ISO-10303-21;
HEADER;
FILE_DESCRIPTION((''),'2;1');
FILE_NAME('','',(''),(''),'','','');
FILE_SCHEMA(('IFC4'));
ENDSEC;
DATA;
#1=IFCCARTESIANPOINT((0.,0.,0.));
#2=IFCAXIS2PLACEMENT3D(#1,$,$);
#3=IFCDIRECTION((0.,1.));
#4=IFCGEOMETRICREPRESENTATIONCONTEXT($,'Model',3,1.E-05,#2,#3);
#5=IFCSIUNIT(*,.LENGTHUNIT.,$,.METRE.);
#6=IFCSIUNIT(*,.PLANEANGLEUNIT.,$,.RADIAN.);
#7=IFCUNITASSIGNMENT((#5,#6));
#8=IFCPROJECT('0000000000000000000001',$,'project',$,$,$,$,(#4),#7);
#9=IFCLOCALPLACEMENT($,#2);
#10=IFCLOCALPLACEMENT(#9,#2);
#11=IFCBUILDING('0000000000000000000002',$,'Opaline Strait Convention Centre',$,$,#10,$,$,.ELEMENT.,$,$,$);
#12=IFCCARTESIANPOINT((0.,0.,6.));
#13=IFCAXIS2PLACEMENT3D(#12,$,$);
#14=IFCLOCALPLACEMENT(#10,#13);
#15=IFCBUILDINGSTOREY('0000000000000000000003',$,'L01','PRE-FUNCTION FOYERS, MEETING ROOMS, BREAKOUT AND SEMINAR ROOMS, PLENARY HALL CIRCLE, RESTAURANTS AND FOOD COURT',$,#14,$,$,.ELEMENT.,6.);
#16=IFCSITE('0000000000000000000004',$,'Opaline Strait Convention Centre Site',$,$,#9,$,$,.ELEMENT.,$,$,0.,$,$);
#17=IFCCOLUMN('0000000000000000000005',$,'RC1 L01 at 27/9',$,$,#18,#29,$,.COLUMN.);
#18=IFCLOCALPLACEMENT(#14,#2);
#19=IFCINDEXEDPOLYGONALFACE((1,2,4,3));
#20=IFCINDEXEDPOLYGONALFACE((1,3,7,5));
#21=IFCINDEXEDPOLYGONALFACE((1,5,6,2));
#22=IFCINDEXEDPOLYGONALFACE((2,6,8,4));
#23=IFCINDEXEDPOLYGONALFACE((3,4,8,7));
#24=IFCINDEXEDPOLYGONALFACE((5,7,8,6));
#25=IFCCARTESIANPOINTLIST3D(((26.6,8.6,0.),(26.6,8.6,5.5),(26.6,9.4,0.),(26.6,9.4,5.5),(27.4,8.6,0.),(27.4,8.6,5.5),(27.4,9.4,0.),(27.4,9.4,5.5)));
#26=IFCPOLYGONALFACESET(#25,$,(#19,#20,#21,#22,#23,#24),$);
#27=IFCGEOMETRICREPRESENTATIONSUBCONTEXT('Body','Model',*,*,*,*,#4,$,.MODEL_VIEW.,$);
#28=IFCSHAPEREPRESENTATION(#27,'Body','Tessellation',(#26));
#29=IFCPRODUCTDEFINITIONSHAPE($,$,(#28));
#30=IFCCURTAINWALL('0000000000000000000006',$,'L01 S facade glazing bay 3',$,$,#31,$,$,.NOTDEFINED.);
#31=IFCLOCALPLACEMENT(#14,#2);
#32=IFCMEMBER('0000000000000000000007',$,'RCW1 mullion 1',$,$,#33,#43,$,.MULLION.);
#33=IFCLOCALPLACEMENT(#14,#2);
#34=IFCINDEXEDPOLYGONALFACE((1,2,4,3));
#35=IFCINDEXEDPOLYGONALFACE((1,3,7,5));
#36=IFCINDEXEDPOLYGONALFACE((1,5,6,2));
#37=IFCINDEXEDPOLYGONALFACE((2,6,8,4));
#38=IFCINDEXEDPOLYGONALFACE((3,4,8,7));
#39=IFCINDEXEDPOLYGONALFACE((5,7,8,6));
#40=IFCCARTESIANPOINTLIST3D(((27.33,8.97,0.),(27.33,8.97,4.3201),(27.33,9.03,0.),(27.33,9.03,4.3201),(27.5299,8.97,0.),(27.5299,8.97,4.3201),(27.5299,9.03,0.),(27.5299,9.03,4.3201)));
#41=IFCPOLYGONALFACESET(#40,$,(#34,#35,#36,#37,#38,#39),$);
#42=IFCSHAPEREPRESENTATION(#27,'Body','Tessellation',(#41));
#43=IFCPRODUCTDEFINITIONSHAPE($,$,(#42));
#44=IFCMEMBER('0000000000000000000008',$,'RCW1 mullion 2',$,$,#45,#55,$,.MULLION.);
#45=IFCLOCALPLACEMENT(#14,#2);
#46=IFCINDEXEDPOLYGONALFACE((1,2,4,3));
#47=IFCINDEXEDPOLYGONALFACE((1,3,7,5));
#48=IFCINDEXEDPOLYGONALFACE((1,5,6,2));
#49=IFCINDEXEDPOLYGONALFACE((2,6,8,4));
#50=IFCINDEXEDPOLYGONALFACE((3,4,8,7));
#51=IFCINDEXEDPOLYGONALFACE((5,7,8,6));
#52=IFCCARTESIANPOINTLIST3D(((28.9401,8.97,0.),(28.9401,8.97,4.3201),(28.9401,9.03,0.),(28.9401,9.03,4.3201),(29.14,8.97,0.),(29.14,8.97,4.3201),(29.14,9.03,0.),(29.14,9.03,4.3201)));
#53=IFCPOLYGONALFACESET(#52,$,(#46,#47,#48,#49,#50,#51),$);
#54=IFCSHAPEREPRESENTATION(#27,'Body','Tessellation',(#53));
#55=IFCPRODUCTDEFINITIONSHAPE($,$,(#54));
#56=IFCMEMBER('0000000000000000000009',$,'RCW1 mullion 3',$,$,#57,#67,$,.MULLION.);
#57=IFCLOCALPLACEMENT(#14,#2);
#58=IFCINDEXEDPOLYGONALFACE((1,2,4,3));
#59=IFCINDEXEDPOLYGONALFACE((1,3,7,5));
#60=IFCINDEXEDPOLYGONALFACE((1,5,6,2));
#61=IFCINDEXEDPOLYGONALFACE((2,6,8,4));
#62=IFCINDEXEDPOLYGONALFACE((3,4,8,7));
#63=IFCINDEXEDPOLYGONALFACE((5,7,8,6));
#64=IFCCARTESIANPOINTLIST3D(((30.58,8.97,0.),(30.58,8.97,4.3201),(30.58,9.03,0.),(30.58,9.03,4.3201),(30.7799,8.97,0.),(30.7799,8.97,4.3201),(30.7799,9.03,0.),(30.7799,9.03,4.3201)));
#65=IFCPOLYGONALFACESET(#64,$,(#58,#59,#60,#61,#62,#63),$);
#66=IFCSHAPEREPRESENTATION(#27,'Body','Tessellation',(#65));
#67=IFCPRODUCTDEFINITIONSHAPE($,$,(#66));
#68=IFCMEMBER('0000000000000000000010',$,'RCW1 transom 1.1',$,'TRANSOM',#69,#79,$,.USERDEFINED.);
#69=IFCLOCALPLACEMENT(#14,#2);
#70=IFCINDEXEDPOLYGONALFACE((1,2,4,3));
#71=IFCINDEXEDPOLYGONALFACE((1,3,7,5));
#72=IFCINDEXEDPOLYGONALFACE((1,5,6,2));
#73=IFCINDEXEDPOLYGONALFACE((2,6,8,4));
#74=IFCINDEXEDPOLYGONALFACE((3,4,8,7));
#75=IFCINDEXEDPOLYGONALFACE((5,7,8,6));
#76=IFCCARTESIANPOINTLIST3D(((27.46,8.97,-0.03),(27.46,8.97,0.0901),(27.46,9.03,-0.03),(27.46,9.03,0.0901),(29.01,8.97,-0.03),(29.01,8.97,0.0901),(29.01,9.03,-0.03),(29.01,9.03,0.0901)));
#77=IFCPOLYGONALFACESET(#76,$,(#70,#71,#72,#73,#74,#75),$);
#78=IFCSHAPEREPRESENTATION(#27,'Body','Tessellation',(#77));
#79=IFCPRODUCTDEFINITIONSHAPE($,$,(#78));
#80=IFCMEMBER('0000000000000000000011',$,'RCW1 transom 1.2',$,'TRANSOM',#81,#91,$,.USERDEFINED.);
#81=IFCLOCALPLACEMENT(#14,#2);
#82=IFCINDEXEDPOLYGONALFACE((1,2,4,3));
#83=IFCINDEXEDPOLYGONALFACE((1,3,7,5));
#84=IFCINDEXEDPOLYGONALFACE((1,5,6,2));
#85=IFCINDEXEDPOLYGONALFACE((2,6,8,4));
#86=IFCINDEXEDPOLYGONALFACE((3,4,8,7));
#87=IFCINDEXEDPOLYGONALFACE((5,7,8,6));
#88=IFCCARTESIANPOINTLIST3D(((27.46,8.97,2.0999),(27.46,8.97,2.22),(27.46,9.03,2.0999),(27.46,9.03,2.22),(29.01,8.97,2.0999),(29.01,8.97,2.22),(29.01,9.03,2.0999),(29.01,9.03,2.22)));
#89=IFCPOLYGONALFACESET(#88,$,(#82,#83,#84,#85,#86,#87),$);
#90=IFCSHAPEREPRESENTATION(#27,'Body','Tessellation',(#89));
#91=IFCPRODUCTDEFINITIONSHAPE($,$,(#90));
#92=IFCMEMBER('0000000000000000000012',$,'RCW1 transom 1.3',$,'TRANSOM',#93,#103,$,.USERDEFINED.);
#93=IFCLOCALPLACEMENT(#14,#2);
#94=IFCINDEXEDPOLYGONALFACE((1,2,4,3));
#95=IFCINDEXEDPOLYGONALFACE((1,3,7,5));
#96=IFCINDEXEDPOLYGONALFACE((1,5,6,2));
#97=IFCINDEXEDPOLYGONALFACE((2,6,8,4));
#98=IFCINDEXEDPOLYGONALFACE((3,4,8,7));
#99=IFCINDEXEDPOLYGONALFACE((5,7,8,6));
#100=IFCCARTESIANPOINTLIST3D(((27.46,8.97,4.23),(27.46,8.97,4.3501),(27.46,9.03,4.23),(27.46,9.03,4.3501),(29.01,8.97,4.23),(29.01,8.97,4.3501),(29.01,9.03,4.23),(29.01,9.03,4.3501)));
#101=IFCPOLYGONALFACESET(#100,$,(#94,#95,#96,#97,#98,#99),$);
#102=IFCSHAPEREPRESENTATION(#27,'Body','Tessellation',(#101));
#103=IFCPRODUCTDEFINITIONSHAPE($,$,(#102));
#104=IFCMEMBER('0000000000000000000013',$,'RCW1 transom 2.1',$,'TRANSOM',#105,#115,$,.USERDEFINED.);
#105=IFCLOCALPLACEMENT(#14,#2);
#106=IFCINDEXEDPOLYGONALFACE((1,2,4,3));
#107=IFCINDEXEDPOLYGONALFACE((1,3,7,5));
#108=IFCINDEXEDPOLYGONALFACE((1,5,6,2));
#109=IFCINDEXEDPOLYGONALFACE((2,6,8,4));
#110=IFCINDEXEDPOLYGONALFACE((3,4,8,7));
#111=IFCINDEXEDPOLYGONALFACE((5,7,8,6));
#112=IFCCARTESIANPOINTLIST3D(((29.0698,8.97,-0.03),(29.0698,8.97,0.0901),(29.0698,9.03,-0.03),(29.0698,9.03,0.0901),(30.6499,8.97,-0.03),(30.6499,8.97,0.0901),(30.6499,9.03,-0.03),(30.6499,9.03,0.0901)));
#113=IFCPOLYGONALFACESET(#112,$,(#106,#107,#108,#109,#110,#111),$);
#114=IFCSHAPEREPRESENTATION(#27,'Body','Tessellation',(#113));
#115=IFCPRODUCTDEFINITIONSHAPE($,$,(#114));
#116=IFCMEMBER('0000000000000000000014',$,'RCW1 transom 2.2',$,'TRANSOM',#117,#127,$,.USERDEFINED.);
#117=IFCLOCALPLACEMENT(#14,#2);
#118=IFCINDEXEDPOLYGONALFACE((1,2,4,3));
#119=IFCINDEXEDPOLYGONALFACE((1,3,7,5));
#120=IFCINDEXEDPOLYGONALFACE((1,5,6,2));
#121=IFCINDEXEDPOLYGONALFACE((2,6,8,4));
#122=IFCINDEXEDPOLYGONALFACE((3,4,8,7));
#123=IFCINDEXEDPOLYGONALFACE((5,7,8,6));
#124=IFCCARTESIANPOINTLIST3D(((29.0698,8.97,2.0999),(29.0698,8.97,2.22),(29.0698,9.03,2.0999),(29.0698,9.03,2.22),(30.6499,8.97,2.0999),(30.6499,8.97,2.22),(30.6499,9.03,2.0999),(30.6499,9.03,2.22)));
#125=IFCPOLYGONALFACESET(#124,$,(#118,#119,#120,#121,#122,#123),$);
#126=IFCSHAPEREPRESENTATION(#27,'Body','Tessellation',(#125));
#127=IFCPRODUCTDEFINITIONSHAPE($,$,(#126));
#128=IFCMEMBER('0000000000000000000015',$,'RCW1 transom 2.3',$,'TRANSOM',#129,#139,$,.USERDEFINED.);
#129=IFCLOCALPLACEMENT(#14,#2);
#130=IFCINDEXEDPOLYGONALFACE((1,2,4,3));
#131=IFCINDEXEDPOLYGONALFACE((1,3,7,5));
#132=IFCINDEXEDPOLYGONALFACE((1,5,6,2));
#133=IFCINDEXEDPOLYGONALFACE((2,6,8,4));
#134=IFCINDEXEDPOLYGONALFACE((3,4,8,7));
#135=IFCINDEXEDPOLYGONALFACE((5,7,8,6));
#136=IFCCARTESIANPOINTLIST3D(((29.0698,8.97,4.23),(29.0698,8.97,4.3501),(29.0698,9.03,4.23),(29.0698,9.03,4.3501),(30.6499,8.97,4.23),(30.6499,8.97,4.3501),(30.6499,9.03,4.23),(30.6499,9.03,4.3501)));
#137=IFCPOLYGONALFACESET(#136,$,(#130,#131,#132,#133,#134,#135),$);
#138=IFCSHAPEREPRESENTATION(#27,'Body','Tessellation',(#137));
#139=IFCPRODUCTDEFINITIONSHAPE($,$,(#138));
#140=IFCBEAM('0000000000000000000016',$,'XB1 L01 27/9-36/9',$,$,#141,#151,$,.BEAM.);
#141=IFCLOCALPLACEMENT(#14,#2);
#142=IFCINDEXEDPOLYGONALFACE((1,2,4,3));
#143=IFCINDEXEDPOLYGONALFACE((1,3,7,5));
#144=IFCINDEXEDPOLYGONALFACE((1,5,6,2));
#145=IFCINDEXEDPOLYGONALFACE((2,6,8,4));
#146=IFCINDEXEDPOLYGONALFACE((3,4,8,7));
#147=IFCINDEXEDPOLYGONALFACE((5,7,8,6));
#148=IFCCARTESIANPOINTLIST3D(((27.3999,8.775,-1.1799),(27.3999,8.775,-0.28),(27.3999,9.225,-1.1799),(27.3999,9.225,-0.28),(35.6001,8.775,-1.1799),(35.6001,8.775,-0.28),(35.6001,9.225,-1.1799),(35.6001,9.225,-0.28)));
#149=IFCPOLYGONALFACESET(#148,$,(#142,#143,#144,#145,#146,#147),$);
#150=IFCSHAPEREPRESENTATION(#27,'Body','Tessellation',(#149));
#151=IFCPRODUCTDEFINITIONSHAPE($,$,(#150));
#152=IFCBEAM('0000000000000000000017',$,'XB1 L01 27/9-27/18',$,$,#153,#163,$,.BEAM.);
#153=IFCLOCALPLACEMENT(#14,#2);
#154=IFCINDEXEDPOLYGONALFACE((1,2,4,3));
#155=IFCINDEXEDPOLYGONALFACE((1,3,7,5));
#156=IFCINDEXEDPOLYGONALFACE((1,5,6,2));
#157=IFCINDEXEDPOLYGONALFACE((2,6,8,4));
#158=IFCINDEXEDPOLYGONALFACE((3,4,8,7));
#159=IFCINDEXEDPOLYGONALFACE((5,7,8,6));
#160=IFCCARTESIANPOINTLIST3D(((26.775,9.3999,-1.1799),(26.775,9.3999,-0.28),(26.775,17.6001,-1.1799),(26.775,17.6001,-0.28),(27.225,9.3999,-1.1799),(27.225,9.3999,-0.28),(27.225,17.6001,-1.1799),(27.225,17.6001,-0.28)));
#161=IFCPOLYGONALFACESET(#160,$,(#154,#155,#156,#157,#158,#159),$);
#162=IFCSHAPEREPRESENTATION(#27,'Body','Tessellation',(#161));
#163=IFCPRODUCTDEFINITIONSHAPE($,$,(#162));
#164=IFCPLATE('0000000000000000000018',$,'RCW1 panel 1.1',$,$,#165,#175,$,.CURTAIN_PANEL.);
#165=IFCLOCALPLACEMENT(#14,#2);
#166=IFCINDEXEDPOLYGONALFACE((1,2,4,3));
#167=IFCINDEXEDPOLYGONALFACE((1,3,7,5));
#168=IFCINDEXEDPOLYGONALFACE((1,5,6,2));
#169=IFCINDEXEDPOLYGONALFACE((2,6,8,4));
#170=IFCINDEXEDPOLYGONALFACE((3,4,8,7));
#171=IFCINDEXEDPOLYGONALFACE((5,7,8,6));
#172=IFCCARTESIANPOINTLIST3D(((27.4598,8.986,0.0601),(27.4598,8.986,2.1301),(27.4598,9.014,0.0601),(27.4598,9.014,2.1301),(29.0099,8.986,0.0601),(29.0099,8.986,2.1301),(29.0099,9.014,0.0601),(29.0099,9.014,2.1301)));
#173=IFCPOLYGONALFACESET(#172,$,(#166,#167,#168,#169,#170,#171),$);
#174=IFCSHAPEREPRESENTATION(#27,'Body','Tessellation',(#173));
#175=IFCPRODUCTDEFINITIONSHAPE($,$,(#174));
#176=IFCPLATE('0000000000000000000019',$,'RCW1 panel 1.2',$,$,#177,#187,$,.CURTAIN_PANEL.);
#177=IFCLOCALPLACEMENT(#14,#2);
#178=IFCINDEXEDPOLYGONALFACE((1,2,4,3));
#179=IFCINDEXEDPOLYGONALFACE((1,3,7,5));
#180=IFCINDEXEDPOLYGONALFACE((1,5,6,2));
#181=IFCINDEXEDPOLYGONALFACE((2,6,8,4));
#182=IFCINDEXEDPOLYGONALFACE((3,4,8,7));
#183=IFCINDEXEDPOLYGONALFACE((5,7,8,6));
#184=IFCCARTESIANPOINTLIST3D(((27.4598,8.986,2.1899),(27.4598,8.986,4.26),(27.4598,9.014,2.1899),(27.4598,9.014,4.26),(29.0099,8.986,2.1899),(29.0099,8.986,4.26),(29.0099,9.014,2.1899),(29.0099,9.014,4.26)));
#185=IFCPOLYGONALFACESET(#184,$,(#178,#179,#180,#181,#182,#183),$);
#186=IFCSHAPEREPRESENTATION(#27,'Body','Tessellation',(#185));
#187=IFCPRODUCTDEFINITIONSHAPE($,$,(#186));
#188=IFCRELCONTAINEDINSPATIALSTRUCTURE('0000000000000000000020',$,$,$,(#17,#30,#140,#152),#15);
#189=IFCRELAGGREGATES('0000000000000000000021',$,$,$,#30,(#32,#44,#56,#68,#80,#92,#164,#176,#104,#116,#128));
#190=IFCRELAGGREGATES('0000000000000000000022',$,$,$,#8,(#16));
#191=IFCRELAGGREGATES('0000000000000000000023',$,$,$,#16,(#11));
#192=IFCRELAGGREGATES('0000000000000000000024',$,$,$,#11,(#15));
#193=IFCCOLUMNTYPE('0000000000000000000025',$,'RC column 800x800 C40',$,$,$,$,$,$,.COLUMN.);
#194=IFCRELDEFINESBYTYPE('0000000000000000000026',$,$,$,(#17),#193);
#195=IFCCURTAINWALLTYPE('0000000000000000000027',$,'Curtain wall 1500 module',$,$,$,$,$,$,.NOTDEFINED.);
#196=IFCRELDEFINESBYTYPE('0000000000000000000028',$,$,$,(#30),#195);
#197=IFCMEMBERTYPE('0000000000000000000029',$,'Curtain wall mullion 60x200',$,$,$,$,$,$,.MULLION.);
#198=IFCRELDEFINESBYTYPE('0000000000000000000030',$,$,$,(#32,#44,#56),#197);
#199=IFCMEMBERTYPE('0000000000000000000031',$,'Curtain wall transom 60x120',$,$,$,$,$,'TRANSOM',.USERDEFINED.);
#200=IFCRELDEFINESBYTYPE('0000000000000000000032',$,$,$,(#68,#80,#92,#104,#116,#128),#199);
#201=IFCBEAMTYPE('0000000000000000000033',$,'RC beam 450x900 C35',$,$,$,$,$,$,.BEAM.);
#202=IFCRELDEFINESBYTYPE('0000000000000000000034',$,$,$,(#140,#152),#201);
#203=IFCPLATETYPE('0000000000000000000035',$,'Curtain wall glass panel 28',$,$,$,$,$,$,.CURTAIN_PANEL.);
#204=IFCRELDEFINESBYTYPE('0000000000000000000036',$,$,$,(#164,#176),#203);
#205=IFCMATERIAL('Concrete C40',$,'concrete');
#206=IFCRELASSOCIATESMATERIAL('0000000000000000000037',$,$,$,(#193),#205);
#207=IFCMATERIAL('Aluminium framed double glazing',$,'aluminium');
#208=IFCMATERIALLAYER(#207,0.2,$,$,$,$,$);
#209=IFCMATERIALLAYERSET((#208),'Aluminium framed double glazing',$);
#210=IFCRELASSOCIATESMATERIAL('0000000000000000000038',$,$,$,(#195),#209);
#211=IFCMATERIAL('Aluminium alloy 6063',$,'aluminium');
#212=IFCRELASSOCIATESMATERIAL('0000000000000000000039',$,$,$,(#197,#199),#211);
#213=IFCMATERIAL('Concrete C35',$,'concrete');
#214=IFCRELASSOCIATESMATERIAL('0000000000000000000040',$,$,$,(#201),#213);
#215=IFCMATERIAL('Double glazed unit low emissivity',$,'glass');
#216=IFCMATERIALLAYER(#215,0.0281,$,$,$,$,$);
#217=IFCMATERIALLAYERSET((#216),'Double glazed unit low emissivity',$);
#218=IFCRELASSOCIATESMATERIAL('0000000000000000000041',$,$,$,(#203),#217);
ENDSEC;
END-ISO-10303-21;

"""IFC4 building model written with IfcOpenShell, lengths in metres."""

from ifc_helpers import new_model, si_unit, direction, frame, origin, origin_2d, place, context, subcontext, project, spatial, rectangle, extrude, material, layer, layer_set, material_profile, profile_set, type_object, element, aggregate, save


model = new_model("IFC4")

# Units and contexts
model_context = context("Model", 3, precision=1e-05, world=origin(), true_north=direction((0.0, 1.0)))
body_context = subcontext(model_context, "Body", "Model", "MODEL_VIEW")
ifc_project = project(units=[si_unit("LENGTHUNIT", "METRE"), si_unit("PLANEANGLEUNIT", "RADIAN")], contexts=[model_context])

# Site, building, storey
site_placement = place(None, origin())
site = spatial("IfcSite", under=ifc_project, at=site_placement, Name="Opaline Strait Convention Centre Site", CompositionType="ELEMENT", RefElevation=0.0)
building_placement = place(site_placement, origin())
building = spatial("IfcBuilding", under=site, at=building_placement, Name="Opaline Strait Convention Centre", CompositionType="ELEMENT")
storey_placement = place(building_placement, frame((0.0, 0.0, 6.0)))
storey = spatial("IfcBuildingStorey", under=building, at=storey_placement, Name="L01", Description="PRE-FUNCTION FOYERS, MEETING ROOMS, BREAKOUT AND SEMINAR ROOMS, PLENARY HALL CIRCLE, RESTAURANTS AND FOOD COURT", CompositionType="ELEMENT", Elevation=6.0)

# Column
ifc_material_1 = material(Name="Concrete C40", Category="concrete")
ifc_material_profile_1 = material_profile(ifc_material_1, rectangle(XDim=0.8, YDim=0.8, at=origin_2d()), Name="RC 800x800")
ifc_profile_set_1 = profile_set([ifc_material_profile_1], Name="Concrete C40")
column_type = type_object("IfcColumnType", Name="RC column 800x800 C40", PredefinedType="COLUMN", material=ifc_profile_set_1)
column_placement = place(storey_placement, frame((27.0, 9.0, 0.0), z_axis=(0.0, 0.0, 1.0), x_axis=(1.0, 0.0, 0.0)))
element("IfcColumn", 1, at=column_placement, inside=storey, type_object=column_type, Name="RC1 L01 at 27/9", PredefinedType="COLUMN", context=body_context, shape_type="SweptSolid", body=[
    extrude(rectangle(XDim=0.8, YDim=0.8, at=origin_2d()), origin(), (0.0, 0.0, 1.0), 5.5),
])

# Curtain wall, members
ifc_material_2 = material(Name="Aluminium framed double glazing", Category="aluminium")
ifc_layer_1 = layer(ifc_material_2, 0.2)
ifc_layer_set_1 = layer_set([ifc_layer_1], Name="Aluminium framed double glazing")
curtain_wall_type = type_object("IfcCurtainWallType", Name="Curtain wall 1500 module", PredefinedType="NOTDEFINED", material=ifc_layer_set_1)
curtain_wall_placement = place(storey_placement, origin())
curtain_wall = element("IfcCurtainWall", 2, at=curtain_wall_placement, inside=storey, type_object=curtain_wall_type, Name="L01 S facade glazing bay 3", PredefinedType="NOTDEFINED")
ifc_material_3 = material(Name="Aluminium alloy 6063", Category="aluminium")
ifc_material_profile_2 = material_profile(ifc_material_3, rectangle(XDim=0.0601, YDim=0.2, at=origin_2d()), Name="Curtain wall mullion 60x200")
ifc_profile_set_2 = profile_set([ifc_material_profile_2], Name="Aluminium alloy 6063")
member_type_1 = type_object("IfcMemberType", Name="Curtain wall mullion 60x200", PredefinedType="MULLION", material=ifc_profile_set_2)
member_1_placement = place(storey_placement, frame((27.4299, 9.0, 0.0), z_axis=(0.0, 0.0, 1.0), x_axis=(0.0, 1.0, 0.0)))
member_1 = element("IfcMember", 3, at=member_1_placement, type_object=member_type_1, Name="RCW1 mullion 1", PredefinedType="MULLION", context=body_context, shape_type="SweptSolid", body=[
    extrude(rectangle(XDim=0.0601, YDim=0.2, at=origin_2d()), origin(), (0.0, 0.0, 1.0), 4.3201),
])
member_2_placement = place(storey_placement, frame((29.04, 9.0, 0.0), z_axis=(0.0, 0.0, 1.0), x_axis=(0.0, 1.0, 0.0)))
member_2 = element("IfcMember", 4, at=member_2_placement, type_object=member_type_1, Name="RCW1 mullion 2", PredefinedType="MULLION", context=body_context, shape_type="SweptSolid", body=[
    extrude(rectangle(XDim=0.0601, YDim=0.2, at=origin_2d()), origin(), (0.0, 0.0, 1.0), 4.3201),
])
member_3_placement = place(storey_placement, frame((30.6799, 9.0, 0.0), z_axis=(0.0, 0.0, 1.0), x_axis=(0.0, 1.0, 0.0)))
member_3 = element("IfcMember", 5, at=member_3_placement, type_object=member_type_1, Name="RCW1 mullion 3", PredefinedType="MULLION", context=body_context, shape_type="SweptSolid", body=[
    extrude(rectangle(XDim=0.0601, YDim=0.2, at=origin_2d()), origin(), (0.0, 0.0, 1.0), 4.3201),
])
ifc_material_profile_3 = material_profile(ifc_material_3, rectangle(XDim=0.0601, YDim=0.1201, at=origin_2d()), Name="Curtain wall transom 60x120")
ifc_profile_set_3 = profile_set([ifc_material_profile_3], Name="Aluminium alloy 6063")
member_type_2 = type_object("IfcMemberType", Name="Curtain wall transom 60x120", ElementType="TRANSOM", PredefinedType="USERDEFINED", material=ifc_profile_set_3)
member_4_placement = place(storey_placement, frame((27.46, 9.0, 0.03), z_axis=(1.0, 0.0, 0.0), x_axis=(0.0, 1.0, 0.0)))
member_4 = element("IfcMember", 6, at=member_4_placement, type_object=member_type_2, Name="RCW1 transom 1.1", ObjectType="TRANSOM", PredefinedType="USERDEFINED", context=body_context, shape_type="SweptSolid", body=[
    extrude(rectangle(XDim=0.0601, YDim=0.1201, at=origin_2d()), origin(), (0.0, 0.0, 1.0), 1.55),
])
member_5_placement = place(storey_placement, frame((27.46, 9.0, 2.1599), z_axis=(1.0, 0.0, 0.0), x_axis=(0.0, 1.0, 0.0)))
member_5 = element("IfcMember", 7, at=member_5_placement, type_object=member_type_2, Name="RCW1 transom 1.2", ObjectType="TRANSOM", PredefinedType="USERDEFINED", context=body_context, shape_type="SweptSolid", body=[
    extrude(rectangle(XDim=0.0601, YDim=0.1201, at=origin_2d()), origin(), (0.0, 0.0, 1.0), 1.55),
])
member_6_placement = place(storey_placement, frame((27.46, 9.0, 4.29), z_axis=(1.0, 0.0, 0.0), x_axis=(0.0, 1.0, 0.0)))
member_6 = element("IfcMember", 8, at=member_6_placement, type_object=member_type_2, Name="RCW1 transom 1.3", ObjectType="TRANSOM", PredefinedType="USERDEFINED", context=body_context, shape_type="SweptSolid", body=[
    extrude(rectangle(XDim=0.0601, YDim=0.1201, at=origin_2d()), origin(), (0.0, 0.0, 1.0), 1.55),
])
member_7_placement = place(storey_placement, frame((29.0698, 9.0, 0.03), z_axis=(1.0, 0.0, 0.0), x_axis=(0.0, 1.0, 0.0)))
member_7 = element("IfcMember", 9, at=member_7_placement, type_object=member_type_2, Name="RCW1 transom 2.1", ObjectType="TRANSOM", PredefinedType="USERDEFINED", context=body_context, shape_type="SweptSolid", body=[
    extrude(rectangle(XDim=0.0601, YDim=0.1201, at=origin_2d()), origin(), (0.0, 0.0, 1.0), 1.5801),
])
member_8_placement = place(storey_placement, frame((29.0698, 9.0, 2.1599), z_axis=(1.0, 0.0, 0.0), x_axis=(0.0, 1.0, 0.0)))
member_8 = element("IfcMember", 10, at=member_8_placement, type_object=member_type_2, Name="RCW1 transom 2.2", ObjectType="TRANSOM", PredefinedType="USERDEFINED", context=body_context, shape_type="SweptSolid", body=[
    extrude(rectangle(XDim=0.0601, YDim=0.1201, at=origin_2d()), origin(), (0.0, 0.0, 1.0), 1.5801),
])
member_9_placement = place(storey_placement, frame((29.0698, 9.0, 4.29), z_axis=(1.0, 0.0, 0.0), x_axis=(0.0, 1.0, 0.0)))
member_9 = element("IfcMember", 11, at=member_9_placement, type_object=member_type_2, Name="RCW1 transom 2.3", ObjectType="TRANSOM", PredefinedType="USERDEFINED", context=body_context, shape_type="SweptSolid", body=[
    extrude(rectangle(XDim=0.0601, YDim=0.1201, at=origin_2d()), origin(), (0.0, 0.0, 1.0), 1.5801),
])

# Beams
ifc_material_4 = material(Name="Concrete C35", Category="concrete")
ifc_material_profile_4 = material_profile(ifc_material_4, rectangle(XDim=0.45, YDim=0.8999, at=origin_2d()), Name="RC 450x900")
ifc_profile_set_4 = profile_set([ifc_material_profile_4], Name="Concrete C35")
beam_type = type_object("IfcBeamType", Name="RC beam 450x900 C35", PredefinedType="BEAM", material=ifc_profile_set_4)
for number, where, z_axis, x_axis, name in (
    (12, (27.3999, 9.0, -0.73), (1.0, 0.0, 0.0), (0.0, 1.0, 0.0), "XB1 L01 27/9-36/9"),
    (13, (27.0, 9.3999, -0.73), (0.0, 1.0, 0.0), (-1.0, 0.0, 0.0), "XB1 L01 27/9-27/18"),
):
    element("IfcBeam", number, at=place(storey_placement, frame(where, z_axis=z_axis, x_axis=x_axis)), inside=storey, type_object=beam_type, Name=name, PredefinedType="BEAM", context=body_context, shape_type="SweptSolid", body=[
        extrude(rectangle(XDim=0.45, YDim=0.8999, at=origin_2d()), origin(), (0.0, 0.0, 1.0), 8.2002),
    ])

# Plates
ifc_material_5 = material(Name="Double glazed unit low emissivity", Category="glass")
ifc_layer_2 = layer(ifc_material_5, 0.0281)
ifc_layer_set_2 = layer_set([ifc_layer_2], Name="Double glazed unit low emissivity")
plate_type = type_object("IfcPlateType", Name="Curtain wall glass panel 28", PredefinedType="CURTAIN_PANEL", material=ifc_layer_set_2)
plate_1_placement = place(storey_placement, frame((28.2349, 9.0, 0.0601), z_axis=(0.0, 0.0, 1.0), x_axis=(1.0, 0.0, 0.0)))
plate_1 = element("IfcPlate", 14, at=plate_1_placement, type_object=plate_type, Name="RCW1 panel 1.1", PredefinedType="CURTAIN_PANEL", context=body_context, shape_type="SweptSolid", body=[
    extrude(rectangle(XDim=1.55, YDim=0.0281, at=origin_2d()), origin(), (0.0, 0.0, 1.0), 2.0701),
])
plate_2_placement = place(storey_placement, frame((28.2349, 9.0, 2.1899), z_axis=(0.0, 0.0, 1.0), x_axis=(1.0, 0.0, 0.0)))
plate_2 = element("IfcPlate", 15, at=plate_2_placement, type_object=plate_type, Name="RCW1 panel 1.2", PredefinedType="CURTAIN_PANEL", context=body_context, shape_type="SweptSolid", body=[
    extrude(rectangle(XDim=1.55, YDim=0.0281, at=origin_2d()), origin(), (0.0, 0.0, 1.0), 2.0701),
])
aggregate(curtain_wall, [member_1, member_2, member_3, member_4, member_5, member_6, plate_1, plate_2, member_7, member_8, member_9])

save(model, "model.ifc")
